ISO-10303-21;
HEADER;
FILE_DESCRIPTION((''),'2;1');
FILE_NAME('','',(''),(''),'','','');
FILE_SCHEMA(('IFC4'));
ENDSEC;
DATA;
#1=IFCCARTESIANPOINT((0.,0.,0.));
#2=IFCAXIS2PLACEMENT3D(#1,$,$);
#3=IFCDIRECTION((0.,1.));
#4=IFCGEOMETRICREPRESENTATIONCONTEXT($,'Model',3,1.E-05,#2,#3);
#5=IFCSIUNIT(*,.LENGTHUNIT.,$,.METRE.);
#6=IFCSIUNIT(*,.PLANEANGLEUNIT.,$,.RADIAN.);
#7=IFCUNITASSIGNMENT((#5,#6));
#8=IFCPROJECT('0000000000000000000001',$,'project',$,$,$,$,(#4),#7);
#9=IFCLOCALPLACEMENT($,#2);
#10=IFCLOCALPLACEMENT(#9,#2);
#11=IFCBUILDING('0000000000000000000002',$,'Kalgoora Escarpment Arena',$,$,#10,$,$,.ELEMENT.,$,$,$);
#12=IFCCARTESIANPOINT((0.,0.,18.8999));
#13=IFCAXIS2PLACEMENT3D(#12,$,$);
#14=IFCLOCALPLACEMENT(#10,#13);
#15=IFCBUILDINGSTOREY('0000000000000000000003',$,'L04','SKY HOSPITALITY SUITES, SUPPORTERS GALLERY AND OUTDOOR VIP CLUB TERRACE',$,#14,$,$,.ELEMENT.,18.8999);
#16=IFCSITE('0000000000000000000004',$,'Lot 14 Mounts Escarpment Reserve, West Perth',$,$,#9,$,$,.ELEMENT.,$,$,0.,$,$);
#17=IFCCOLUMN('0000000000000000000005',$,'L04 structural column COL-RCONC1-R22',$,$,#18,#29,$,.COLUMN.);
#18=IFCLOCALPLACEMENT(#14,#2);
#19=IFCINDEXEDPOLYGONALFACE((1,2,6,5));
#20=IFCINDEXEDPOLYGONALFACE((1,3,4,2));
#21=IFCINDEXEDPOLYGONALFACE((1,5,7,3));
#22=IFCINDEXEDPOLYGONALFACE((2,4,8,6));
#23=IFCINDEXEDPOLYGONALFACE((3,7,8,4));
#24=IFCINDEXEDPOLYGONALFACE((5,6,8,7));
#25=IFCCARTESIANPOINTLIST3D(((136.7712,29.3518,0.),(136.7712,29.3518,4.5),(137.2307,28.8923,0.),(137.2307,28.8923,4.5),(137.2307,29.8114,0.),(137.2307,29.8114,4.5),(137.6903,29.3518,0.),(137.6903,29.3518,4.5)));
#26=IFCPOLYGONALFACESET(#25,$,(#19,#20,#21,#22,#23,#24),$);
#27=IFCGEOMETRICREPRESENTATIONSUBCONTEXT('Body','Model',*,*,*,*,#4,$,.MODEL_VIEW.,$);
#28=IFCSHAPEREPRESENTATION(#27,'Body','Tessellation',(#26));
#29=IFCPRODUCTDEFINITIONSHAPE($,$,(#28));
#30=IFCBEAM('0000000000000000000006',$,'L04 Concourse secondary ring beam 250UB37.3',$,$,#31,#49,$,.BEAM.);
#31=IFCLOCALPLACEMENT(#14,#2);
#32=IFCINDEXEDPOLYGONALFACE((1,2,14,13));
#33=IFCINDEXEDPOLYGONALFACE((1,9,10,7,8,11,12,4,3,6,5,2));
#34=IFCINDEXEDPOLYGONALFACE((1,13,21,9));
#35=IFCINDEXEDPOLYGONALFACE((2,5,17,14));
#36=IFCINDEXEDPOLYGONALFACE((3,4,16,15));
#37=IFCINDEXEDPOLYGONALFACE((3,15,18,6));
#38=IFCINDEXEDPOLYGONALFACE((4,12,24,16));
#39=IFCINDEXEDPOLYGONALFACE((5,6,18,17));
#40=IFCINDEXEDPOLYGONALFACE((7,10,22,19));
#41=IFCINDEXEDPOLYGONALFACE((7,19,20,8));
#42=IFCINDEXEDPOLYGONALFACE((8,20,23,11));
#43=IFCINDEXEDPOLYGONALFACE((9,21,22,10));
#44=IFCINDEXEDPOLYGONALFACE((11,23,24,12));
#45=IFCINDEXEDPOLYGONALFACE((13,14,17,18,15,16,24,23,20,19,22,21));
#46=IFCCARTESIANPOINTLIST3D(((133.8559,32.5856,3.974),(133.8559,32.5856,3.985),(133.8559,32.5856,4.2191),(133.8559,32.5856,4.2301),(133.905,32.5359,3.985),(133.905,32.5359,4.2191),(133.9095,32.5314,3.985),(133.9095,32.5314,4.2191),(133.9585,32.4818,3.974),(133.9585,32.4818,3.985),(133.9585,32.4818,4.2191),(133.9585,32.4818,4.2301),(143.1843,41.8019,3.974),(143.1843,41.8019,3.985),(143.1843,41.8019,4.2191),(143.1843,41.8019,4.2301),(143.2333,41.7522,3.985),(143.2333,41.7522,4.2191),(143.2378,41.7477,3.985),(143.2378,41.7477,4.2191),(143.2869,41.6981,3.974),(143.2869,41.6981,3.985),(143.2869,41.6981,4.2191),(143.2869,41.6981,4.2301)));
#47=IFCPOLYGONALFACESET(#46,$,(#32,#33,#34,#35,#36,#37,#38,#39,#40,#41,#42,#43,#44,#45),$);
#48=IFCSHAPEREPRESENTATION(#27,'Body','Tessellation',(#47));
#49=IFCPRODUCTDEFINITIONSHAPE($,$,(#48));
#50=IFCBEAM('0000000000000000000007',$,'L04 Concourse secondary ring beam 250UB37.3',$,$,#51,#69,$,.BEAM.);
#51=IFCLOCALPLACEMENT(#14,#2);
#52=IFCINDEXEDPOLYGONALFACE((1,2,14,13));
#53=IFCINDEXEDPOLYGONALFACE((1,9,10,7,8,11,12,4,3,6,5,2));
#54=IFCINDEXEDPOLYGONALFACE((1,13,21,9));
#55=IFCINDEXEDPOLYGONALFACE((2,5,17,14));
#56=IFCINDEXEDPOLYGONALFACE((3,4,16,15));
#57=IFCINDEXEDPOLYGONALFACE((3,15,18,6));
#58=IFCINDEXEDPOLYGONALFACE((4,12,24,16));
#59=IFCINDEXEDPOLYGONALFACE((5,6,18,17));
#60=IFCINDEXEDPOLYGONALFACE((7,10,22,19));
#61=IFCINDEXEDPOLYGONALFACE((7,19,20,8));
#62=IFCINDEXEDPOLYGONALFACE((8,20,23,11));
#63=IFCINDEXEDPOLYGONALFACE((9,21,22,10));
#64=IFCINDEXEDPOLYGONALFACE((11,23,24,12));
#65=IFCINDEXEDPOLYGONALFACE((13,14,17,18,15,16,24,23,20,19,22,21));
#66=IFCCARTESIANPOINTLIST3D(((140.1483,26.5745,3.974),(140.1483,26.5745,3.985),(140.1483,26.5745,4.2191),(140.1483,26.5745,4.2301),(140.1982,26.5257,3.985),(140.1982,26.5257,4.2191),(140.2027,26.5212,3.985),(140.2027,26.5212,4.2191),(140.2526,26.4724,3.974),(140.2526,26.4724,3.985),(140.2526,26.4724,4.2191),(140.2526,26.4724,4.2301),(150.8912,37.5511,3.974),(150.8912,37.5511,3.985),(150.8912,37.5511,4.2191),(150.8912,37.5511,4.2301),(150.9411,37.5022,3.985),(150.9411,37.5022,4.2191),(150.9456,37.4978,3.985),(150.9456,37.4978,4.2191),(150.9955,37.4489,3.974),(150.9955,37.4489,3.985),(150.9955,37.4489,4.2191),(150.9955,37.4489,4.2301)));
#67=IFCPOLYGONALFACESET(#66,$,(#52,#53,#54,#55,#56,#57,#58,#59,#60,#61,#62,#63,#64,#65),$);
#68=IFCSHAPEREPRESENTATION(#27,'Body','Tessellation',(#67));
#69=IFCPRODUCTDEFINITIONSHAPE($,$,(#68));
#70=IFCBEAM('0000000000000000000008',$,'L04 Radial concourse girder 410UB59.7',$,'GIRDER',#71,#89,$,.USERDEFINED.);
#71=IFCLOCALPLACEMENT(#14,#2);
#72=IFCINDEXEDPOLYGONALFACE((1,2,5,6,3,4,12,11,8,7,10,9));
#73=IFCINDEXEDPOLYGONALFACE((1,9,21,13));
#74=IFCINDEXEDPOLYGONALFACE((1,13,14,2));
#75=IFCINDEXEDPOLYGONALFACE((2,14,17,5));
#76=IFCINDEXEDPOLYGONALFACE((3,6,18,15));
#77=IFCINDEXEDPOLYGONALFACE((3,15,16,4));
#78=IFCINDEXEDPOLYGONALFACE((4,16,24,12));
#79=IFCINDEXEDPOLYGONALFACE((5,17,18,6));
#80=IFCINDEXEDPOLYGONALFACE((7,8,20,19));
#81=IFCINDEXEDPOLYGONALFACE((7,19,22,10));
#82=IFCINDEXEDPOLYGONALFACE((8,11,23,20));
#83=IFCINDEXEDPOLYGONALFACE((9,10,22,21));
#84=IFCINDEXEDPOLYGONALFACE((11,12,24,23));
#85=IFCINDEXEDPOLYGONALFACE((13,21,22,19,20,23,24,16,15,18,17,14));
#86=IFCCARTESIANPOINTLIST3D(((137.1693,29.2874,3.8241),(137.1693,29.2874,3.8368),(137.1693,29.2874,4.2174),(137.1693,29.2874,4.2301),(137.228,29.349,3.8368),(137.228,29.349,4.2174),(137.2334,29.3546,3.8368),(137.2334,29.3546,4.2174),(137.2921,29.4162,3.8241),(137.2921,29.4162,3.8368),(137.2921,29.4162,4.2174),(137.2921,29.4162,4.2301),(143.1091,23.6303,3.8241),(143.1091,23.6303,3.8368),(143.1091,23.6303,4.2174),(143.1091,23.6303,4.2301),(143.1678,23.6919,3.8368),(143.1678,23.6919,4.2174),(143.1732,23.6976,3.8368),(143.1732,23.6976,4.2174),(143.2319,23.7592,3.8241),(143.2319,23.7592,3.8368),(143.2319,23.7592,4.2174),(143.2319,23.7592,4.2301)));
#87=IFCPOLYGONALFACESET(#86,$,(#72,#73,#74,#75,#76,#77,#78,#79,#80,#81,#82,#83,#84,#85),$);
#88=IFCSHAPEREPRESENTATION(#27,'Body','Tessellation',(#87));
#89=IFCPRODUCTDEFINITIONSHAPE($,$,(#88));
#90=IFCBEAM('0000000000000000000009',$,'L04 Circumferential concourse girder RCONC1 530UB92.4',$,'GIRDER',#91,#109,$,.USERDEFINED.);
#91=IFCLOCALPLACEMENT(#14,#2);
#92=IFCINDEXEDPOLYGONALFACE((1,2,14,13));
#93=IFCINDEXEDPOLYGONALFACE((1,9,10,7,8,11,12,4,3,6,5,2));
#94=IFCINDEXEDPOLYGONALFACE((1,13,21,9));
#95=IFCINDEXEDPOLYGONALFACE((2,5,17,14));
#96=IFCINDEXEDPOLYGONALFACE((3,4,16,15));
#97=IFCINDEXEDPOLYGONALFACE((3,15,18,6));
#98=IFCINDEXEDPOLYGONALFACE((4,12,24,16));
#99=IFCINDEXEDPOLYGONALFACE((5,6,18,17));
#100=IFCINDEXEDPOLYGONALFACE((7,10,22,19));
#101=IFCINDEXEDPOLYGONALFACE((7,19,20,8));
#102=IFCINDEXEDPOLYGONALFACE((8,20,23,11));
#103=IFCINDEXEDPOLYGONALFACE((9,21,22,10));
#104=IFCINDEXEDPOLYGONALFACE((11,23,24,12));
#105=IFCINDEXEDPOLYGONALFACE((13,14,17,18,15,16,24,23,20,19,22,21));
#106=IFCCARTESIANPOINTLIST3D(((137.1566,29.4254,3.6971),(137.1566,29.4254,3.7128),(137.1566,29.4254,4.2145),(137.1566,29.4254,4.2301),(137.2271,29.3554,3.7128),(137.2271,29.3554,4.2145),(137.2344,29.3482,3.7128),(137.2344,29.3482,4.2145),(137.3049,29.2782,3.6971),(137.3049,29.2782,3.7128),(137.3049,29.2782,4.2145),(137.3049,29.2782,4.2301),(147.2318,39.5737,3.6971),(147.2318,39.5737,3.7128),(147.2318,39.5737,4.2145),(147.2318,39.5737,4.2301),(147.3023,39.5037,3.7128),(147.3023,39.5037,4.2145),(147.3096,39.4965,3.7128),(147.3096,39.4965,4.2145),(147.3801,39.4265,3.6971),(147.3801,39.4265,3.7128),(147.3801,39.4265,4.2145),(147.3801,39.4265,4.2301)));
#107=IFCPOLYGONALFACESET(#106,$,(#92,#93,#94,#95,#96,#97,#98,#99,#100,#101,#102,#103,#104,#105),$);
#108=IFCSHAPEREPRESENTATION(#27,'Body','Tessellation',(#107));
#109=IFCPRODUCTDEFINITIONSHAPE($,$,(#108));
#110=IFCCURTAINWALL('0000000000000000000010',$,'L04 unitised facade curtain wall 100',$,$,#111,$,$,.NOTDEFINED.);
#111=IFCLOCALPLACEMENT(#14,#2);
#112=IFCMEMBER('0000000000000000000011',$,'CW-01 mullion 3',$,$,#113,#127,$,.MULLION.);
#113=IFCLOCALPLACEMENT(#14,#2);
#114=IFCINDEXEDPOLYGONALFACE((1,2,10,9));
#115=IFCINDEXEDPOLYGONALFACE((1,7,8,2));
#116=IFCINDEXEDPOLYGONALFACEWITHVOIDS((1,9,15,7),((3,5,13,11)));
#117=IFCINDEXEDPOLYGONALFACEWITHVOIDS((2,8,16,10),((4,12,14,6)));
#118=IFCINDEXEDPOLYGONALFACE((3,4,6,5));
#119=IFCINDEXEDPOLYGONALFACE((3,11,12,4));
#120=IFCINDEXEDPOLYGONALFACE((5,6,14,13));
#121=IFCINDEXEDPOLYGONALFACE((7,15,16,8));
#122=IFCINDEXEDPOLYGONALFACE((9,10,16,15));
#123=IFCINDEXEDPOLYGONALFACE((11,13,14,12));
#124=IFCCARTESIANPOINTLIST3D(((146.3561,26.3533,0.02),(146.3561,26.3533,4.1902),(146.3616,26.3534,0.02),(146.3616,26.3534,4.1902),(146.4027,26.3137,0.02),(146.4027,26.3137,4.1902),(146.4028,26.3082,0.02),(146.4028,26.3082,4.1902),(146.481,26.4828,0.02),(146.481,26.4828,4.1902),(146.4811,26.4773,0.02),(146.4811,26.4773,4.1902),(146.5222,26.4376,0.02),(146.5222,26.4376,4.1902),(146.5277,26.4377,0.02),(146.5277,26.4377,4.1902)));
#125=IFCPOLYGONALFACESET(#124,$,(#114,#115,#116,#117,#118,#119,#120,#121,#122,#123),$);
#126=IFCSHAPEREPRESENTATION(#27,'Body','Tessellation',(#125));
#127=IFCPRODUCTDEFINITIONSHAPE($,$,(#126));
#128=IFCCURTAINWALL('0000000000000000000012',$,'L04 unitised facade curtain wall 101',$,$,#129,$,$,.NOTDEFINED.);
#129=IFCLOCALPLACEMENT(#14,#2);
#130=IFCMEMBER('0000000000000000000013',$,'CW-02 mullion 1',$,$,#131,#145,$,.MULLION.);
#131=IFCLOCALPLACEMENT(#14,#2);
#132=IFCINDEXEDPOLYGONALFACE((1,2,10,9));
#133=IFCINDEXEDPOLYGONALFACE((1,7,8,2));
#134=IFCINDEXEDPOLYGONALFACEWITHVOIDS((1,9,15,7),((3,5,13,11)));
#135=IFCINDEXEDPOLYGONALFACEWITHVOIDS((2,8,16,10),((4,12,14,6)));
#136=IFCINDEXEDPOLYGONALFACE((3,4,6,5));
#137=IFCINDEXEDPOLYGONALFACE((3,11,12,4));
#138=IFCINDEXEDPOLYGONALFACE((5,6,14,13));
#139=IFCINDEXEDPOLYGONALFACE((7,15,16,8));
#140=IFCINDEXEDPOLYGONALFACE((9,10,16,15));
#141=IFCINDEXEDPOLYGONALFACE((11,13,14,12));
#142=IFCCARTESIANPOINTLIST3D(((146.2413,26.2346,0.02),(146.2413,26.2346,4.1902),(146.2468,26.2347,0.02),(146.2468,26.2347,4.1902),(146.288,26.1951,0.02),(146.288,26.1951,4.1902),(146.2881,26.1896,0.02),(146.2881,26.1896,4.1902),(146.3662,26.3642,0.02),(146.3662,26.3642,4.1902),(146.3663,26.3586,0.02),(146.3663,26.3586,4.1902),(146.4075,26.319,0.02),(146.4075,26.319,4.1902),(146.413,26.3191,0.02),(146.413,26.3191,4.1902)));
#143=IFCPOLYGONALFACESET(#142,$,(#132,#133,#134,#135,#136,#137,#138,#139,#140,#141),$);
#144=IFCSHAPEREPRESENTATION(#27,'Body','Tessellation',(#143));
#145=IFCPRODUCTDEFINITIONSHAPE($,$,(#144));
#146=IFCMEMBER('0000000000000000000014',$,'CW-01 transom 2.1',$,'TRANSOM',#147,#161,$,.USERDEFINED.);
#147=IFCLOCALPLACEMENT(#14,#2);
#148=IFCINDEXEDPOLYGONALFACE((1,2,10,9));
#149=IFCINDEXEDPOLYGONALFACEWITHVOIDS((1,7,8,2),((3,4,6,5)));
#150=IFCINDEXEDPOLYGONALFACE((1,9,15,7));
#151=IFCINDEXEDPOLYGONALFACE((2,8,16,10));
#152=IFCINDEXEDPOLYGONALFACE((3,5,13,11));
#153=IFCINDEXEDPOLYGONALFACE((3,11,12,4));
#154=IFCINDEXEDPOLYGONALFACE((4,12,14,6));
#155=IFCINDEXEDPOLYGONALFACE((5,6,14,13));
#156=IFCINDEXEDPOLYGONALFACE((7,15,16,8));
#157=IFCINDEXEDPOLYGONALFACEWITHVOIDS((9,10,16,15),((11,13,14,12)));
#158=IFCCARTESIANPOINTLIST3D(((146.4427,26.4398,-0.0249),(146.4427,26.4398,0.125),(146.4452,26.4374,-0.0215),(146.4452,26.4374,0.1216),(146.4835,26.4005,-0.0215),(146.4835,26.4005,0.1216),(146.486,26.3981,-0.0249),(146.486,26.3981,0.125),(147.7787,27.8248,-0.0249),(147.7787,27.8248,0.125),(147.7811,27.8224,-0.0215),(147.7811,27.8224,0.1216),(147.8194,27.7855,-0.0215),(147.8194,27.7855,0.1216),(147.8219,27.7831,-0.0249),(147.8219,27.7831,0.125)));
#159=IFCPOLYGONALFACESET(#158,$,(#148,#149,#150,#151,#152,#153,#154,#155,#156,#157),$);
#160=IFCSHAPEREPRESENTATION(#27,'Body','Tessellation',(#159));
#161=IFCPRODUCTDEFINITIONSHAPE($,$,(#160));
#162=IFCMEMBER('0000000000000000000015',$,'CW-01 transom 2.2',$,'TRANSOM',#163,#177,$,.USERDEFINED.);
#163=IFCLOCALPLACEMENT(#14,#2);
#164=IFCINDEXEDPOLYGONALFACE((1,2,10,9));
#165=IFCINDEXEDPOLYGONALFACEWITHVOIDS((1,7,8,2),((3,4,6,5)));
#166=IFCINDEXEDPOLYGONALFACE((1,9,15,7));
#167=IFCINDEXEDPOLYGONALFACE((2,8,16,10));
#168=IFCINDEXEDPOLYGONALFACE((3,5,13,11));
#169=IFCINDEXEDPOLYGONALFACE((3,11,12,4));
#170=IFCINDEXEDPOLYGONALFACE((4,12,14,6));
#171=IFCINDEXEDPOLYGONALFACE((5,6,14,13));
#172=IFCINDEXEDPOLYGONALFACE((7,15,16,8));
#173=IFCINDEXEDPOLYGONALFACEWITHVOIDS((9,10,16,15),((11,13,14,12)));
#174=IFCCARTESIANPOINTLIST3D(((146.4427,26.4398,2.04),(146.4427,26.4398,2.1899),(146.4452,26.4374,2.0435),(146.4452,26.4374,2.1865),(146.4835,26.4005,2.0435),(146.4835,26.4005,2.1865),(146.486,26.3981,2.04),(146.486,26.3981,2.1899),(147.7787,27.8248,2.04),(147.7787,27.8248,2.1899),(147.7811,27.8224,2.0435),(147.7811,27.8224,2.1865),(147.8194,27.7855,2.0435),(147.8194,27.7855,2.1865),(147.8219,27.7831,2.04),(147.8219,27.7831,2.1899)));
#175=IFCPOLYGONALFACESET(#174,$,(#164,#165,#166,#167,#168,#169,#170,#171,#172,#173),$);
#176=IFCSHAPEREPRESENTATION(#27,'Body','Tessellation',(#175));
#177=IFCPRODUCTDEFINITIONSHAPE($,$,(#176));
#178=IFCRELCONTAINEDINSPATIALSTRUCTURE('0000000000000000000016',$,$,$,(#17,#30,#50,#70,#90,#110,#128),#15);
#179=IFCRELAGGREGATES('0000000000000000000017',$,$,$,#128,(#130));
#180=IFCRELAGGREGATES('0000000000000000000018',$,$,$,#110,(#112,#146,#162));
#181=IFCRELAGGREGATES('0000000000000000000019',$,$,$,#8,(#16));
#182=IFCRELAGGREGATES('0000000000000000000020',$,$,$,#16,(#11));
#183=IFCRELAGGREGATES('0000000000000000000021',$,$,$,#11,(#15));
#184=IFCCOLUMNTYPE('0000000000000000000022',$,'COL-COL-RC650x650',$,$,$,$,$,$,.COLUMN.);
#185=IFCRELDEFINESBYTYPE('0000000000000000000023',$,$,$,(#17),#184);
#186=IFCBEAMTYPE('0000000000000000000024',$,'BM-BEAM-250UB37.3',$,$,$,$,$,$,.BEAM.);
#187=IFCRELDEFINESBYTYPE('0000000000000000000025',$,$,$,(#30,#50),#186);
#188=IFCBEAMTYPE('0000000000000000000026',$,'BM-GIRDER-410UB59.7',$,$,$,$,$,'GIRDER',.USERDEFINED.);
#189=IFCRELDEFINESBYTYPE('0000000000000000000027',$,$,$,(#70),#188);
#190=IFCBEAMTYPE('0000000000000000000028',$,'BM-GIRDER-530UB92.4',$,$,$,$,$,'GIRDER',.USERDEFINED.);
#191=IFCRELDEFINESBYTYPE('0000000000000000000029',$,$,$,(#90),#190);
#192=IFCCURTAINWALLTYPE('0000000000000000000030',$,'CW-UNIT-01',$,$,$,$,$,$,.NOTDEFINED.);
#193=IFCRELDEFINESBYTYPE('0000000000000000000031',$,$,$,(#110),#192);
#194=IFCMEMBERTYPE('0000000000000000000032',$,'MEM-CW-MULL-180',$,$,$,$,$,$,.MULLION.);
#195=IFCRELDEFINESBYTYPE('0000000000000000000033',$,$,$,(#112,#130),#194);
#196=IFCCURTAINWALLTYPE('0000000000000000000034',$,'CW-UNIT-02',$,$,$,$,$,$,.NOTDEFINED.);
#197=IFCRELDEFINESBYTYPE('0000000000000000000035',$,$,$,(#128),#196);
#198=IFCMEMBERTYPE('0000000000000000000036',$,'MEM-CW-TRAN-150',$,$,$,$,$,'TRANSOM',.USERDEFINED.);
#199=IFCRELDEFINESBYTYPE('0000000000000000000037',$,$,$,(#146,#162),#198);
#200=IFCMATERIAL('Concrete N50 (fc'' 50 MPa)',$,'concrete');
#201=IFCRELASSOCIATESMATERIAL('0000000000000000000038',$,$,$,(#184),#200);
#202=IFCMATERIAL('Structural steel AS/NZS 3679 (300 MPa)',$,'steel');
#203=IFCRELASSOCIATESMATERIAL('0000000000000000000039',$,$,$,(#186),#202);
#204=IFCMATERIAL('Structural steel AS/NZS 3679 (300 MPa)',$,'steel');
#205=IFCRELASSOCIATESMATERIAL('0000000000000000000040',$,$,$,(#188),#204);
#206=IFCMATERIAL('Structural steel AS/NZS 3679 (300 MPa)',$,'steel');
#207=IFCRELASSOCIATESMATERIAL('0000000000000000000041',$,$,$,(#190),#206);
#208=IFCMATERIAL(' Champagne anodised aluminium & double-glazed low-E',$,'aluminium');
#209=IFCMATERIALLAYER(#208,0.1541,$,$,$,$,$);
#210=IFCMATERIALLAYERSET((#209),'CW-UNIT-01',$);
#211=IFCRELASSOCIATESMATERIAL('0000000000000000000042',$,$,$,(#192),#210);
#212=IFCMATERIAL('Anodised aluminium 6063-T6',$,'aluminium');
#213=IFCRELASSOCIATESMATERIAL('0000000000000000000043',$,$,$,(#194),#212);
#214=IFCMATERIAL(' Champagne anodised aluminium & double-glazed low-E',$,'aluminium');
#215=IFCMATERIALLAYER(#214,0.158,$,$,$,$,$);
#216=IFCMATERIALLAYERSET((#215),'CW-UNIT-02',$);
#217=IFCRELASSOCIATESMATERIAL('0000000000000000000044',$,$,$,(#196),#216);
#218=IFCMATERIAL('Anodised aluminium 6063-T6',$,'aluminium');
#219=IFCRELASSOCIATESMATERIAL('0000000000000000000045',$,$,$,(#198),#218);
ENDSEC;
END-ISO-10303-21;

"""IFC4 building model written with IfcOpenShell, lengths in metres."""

from ifc_helpers import new_model, si_unit, direction, frame, origin, origin_2d, place, context, subcontext, project, spatial, rectangle, hollow_rectangle, i_section, extrude, material, layer, layer_set, material_profile, profile_set, type_object, element, aggregate, save


model = new_model("IFC4")

# Units and contexts
model_context = context("Model", 3, precision=1e-05, world=origin(), true_north=direction((0.0, 1.0)))
body_context = subcontext(model_context, "Body", "Model", "MODEL_VIEW")
ifc_project = project(units=[si_unit("LENGTHUNIT", "METRE"), si_unit("PLANEANGLEUNIT", "RADIAN")], contexts=[model_context])

# Site, building, storey
site_placement = place(None, origin())
site = spatial("IfcSite", under=ifc_project, at=site_placement, Name="Lot 14 Mounts Escarpment Reserve, West Perth", CompositionType="ELEMENT", RefElevation=0.0)
building_placement = place(site_placement, origin())
building = spatial("IfcBuilding", under=site, at=building_placement, Name="Kalgoora Escarpment Arena", CompositionType="ELEMENT")
storey_placement = place(building_placement, frame((0.0, 0.0, 18.8999)))
storey = spatial("IfcBuildingStorey", under=building, at=storey_placement, Name="L04", Description="SKY HOSPITALITY SUITES, SUPPORTERS GALLERY AND OUTDOOR VIP CLUB TERRACE", CompositionType="ELEMENT", Elevation=18.8999)

# Column
ifc_material_1 = material(Name="Concrete N50 (fc' 50 MPa)", Category="concrete")
ifc_material_profile_1 = material_profile(ifc_material_1, rectangle(XDim=0.6499, YDim=0.6499, at=origin_2d()))
ifc_profile_set_1 = profile_set([ifc_material_profile_1], Name="Concrete N50 (fc' 50 MPa)")
column_type = type_object("IfcColumnType", Name="COL-COL-RC650x650", PredefinedType="COLUMN", material=ifc_profile_set_1)
column_placement = place(storey_placement, frame((137.2307, 29.3518, 0.0), z_axis=(0.0, 0.0, 1.0), x_axis=(0.707107, -0.707107, 0.0)))
element("IfcColumn", 1, at=column_placement, inside=storey, type_object=column_type, Name="L04 structural column COL-RCONC1-R22", PredefinedType="COLUMN", context=body_context, shape_type="SweptSolid", body=[
    extrude(rectangle(XDim=0.6499, YDim=0.6499, at=origin_2d()), origin(), (0.0, 0.0, 1.0), 4.5),
])

# Beams
ifc_material_2 = material(Name="Structural steel AS/NZS 3679 (300 MPa)", Category="steel")
ifc_material_profile_2 = material_profile(ifc_material_2, i_section(OverallWidth=0.146, OverallDepth=0.2561, WebThickness=0.0063, FlangeThickness=0.011, at=origin_2d()))
ifc_profile_set_2 = profile_set([ifc_material_profile_2], Name="Structural steel AS/NZS 3679 (300 MPa)")
beam_type_1 = type_object("IfcBeamType", Name="BM-BEAM-250UB37.3", PredefinedType="BEAM", material=ifc_profile_set_2)
beam_1_placement = place(storey_placement, frame((133.9072, 32.5337, 4.1021), z_axis=(0.711367, 0.702821, 0.0), x_axis=(-0.702821, 0.711367, 0.0)))
element("IfcBeam", 2, at=beam_1_placement, inside=storey, type_object=beam_type_1, Name="L04 Concourse secondary ring beam 250UB37.3", PredefinedType="BEAM", context=body_context, shape_type="SweptSolid", body=[
    extrude(i_section(OverallWidth=0.146, OverallDepth=0.2561, WebThickness=0.0063, FlangeThickness=0.011, at=origin_2d()), origin(), (0.0, 0.0, 1.0), 13.1133),
])
beam_2_placement = place(storey_placement, frame((140.2004, 26.5234, 4.1021), z_axis=(0.69946, 0.714672, 0.0), x_axis=(-0.714672, 0.69946, 0.0)))
element("IfcBeam", 3, at=beam_2_placement, inside=storey, type_object=beam_type_1, Name="L04 Concourse secondary ring beam 250UB37.3", PredefinedType="BEAM", context=body_context, shape_type="SweptSolid", body=[
    extrude(i_section(OverallWidth=0.146, OverallDepth=0.2561, WebThickness=0.0063, FlangeThickness=0.011, at=origin_2d()), origin(), (0.0, 0.0, 1.0), 15.3589),
])
ifc_material_3 = material(Name="Structural steel AS/NZS 3679 (300 MPa)", Category="steel")
ifc_material_profile_3 = material_profile(ifc_material_3, i_section(OverallWidth=0.178, OverallDepth=0.406, WebThickness=0.0078, FlangeThickness=0.0127, at=origin_2d()))
ifc_profile_set_3 = profile_set([ifc_material_profile_3], Name="Structural steel AS/NZS 3679 (300 MPa)")
beam_type_2 = type_object("IfcBeamType", Name="BM-GIRDER-410UB59.7", ElementType="GIRDER", PredefinedType="USERDEFINED", material=ifc_profile_set_3)
beam_3_placement = place(storey_placement, frame((137.2307, 29.3518, 4.0271), z_axis=(0.72413, -0.689663, 0.0), x_axis=(0.689663, 0.72413, 0.0)))
element("IfcBeam", 4, at=beam_3_placement, inside=storey, type_object=beam_type_2, Name="L04 Radial concourse girder 410UB59.7", ObjectType="GIRDER", PredefinedType="USERDEFINED", context=body_context, shape_type="SweptSolid", body=[
    extrude(i_section(OverallWidth=0.178, OverallDepth=0.406, WebThickness=0.0078, FlangeThickness=0.0127, at=origin_2d()), origin(), (0.0, 0.0, 1.0), 8.2026),
])
ifc_material_4 = material(Name="Structural steel AS/NZS 3679 (300 MPa)", Category="steel")
ifc_material_profile_4 = material_profile(ifc_material_4, i_section(OverallWidth=0.209, OverallDepth=0.533, WebThickness=0.0103, FlangeThickness=0.0156, at=origin_2d()))
ifc_profile_set_4 = profile_set([ifc_material_profile_4], Name="Structural steel AS/NZS 3679 (300 MPa)")
beam_type_3 = type_object("IfcBeamType", Name="BM-GIRDER-530UB92.4", ElementType="GIRDER", PredefinedType="USERDEFINED", material=ifc_profile_set_4)
beam_4_placement = place(storey_placement, frame((137.2307, 29.3518, 3.9636), z_axis=(0.70455, 0.709655, 0.0), x_axis=(-0.709655, 0.70455, 0.0)))
element("IfcBeam", 5, at=beam_4_placement, inside=storey, type_object=beam_type_3, Name="L04 Circumferential concourse girder RCONC1 530UB92.4", ObjectType="GIRDER", PredefinedType="USERDEFINED", context=body_context, shape_type="SweptSolid", body=[
    extrude(i_section(OverallWidth=0.209, OverallDepth=0.533, WebThickness=0.0103, FlangeThickness=0.0156, at=origin_2d()), origin(), (0.0, 0.0, 1.0), 14.3003),
])

# Curtain walls, members
ifc_material_5 = material(Name=" Champagne anodised aluminium & double-glazed low-E", Category="aluminium")
ifc_layer_1 = layer(ifc_material_5, 0.1541)
ifc_layer_set_1 = layer_set([ifc_layer_1], Name="CW-UNIT-01")
curtain_wall_type_1 = type_object("IfcCurtainWallType", Name="CW-UNIT-01", PredefinedType="NOTDEFINED", material=ifc_layer_set_1)
curtain_wall_1_placement = place(storey_placement, origin())
curtain_wall_1 = element("IfcCurtainWall", 6, at=curtain_wall_1_placement, inside=storey, type_object=curtain_wall_type_1, Name="L04 unitised facade curtain wall 100", PredefinedType="NOTDEFINED")
ifc_material_6 = material(Name="Anodised aluminium 6063-T6", Category="aluminium")
ifc_material_profile_5 = material_profile(ifc_material_6, hollow_rectangle(XDim=0.0649, YDim=0.1799, WallThickness=0.0039, at=origin_2d()))
ifc_profile_set_5 = profile_set([ifc_material_profile_5], Name="Anodised aluminium 6063-T6")
member_type_1 = type_object("IfcMemberType", Name="MEM-CW-MULL-180", PredefinedType="MULLION", material=ifc_profile_set_5)
member_1_placement = place(storey_placement, frame((146.4419, 26.3955, 0.02), z_axis=(0.0, 0.0, 1.0), x_axis=(0.719777, -0.694205, 0.0)))
member_1 = element("IfcMember", 7, at=member_1_placement, type_object=member_type_1, Name="CW-01 mullion 3", PredefinedType="MULLION", context=body_context, shape_type="SweptSolid", body=[
    extrude(hollow_rectangle(XDim=0.0649, YDim=0.1799, WallThickness=0.0039, at=origin_2d()), origin(), (0.0, 0.0, 1.0), 4.1702),
])
ifc_material_7 = material(Name=" Champagne anodised aluminium & double-glazed low-E", Category="aluminium")
ifc_layer_2 = layer(ifc_material_7, 0.158)
ifc_layer_set_2 = layer_set([ifc_layer_2], Name="CW-UNIT-02")
curtain_wall_type_2 = type_object("IfcCurtainWallType", Name="CW-UNIT-02", PredefinedType="NOTDEFINED", material=ifc_layer_set_2)
curtain_wall_2_placement = place(storey_placement, origin())
curtain_wall_2 = element("IfcCurtainWall", 8, at=curtain_wall_2_placement, inside=storey, type_object=curtain_wall_type_2, Name="L04 unitised facade curtain wall 101", PredefinedType="NOTDEFINED")
member_2_placement = place(storey_placement, frame((146.3271, 26.2769, 0.02), z_axis=(0.0, 0.0, 1.0), x_axis=(0.71978, -0.694202, 0.0)))
member_2 = element("IfcMember", 9, at=member_2_placement, type_object=member_type_1, Name="CW-02 mullion 1", PredefinedType="MULLION", context=body_context, shape_type="SweptSolid", body=[
    extrude(hollow_rectangle(XDim=0.0649, YDim=0.1799, WallThickness=0.0039, at=origin_2d()), origin(), (0.0, 0.0, 1.0), 4.1702),
])

# Members
ifc_material_8 = material(Name="Anodised aluminium 6063-T6", Category="aluminium")
ifc_material_profile_6 = material_profile(ifc_material_8, hollow_rectangle(XDim=0.0601, YDim=0.1499, WallThickness=0.0034, at=origin_2d()))
ifc_profile_set_6 = profile_set([ifc_material_profile_6], Name="Anodised aluminium 6063-T6")
member_type_2 = type_object("IfcMemberType", Name="MEM-CW-TRAN-150", ElementType="TRANSOM", PredefinedType="USERDEFINED", material=ifc_profile_set_6)
member_3_placement = place(storey_placement, frame((147.8003, 27.804, 0.05), z_axis=(-0.694241, -0.719742, 0.0), x_axis=(0.719742, -0.694241, 0.0)))
member_3 = element("IfcMember", 10, at=member_3_placement, type_object=member_type_2, Name="CW-01 transom 2.1", ObjectType="TRANSOM", PredefinedType="USERDEFINED", context=body_context, shape_type="SweptSolid", body=[
    extrude(hollow_rectangle(XDim=0.0601, YDim=0.1499, WallThickness=0.0034, at=origin_2d()), origin(), (0.0, 0.0, 1.0), 1.9243),
])
member_4_placement = place(storey_placement, frame((147.8003, 27.804, 2.115), z_axis=(-0.694241, -0.719742, 0.0), x_axis=(0.719742, -0.694241, 0.0)))
member_4 = element("IfcMember", 11, at=member_4_placement, type_object=member_type_2, Name="CW-01 transom 2.2", ObjectType="TRANSOM", PredefinedType="USERDEFINED", context=body_context, shape_type="SweptSolid", body=[
    extrude(hollow_rectangle(XDim=0.0601, YDim=0.1499, WallThickness=0.0034, at=origin_2d()), origin(), (0.0, 0.0, 1.0), 1.9243),
])
aggregate(curtain_wall_2, [member_2])

aggregate(curtain_wall_1, [member_1, member_3, member_4])

save(model, "model.ifc")
